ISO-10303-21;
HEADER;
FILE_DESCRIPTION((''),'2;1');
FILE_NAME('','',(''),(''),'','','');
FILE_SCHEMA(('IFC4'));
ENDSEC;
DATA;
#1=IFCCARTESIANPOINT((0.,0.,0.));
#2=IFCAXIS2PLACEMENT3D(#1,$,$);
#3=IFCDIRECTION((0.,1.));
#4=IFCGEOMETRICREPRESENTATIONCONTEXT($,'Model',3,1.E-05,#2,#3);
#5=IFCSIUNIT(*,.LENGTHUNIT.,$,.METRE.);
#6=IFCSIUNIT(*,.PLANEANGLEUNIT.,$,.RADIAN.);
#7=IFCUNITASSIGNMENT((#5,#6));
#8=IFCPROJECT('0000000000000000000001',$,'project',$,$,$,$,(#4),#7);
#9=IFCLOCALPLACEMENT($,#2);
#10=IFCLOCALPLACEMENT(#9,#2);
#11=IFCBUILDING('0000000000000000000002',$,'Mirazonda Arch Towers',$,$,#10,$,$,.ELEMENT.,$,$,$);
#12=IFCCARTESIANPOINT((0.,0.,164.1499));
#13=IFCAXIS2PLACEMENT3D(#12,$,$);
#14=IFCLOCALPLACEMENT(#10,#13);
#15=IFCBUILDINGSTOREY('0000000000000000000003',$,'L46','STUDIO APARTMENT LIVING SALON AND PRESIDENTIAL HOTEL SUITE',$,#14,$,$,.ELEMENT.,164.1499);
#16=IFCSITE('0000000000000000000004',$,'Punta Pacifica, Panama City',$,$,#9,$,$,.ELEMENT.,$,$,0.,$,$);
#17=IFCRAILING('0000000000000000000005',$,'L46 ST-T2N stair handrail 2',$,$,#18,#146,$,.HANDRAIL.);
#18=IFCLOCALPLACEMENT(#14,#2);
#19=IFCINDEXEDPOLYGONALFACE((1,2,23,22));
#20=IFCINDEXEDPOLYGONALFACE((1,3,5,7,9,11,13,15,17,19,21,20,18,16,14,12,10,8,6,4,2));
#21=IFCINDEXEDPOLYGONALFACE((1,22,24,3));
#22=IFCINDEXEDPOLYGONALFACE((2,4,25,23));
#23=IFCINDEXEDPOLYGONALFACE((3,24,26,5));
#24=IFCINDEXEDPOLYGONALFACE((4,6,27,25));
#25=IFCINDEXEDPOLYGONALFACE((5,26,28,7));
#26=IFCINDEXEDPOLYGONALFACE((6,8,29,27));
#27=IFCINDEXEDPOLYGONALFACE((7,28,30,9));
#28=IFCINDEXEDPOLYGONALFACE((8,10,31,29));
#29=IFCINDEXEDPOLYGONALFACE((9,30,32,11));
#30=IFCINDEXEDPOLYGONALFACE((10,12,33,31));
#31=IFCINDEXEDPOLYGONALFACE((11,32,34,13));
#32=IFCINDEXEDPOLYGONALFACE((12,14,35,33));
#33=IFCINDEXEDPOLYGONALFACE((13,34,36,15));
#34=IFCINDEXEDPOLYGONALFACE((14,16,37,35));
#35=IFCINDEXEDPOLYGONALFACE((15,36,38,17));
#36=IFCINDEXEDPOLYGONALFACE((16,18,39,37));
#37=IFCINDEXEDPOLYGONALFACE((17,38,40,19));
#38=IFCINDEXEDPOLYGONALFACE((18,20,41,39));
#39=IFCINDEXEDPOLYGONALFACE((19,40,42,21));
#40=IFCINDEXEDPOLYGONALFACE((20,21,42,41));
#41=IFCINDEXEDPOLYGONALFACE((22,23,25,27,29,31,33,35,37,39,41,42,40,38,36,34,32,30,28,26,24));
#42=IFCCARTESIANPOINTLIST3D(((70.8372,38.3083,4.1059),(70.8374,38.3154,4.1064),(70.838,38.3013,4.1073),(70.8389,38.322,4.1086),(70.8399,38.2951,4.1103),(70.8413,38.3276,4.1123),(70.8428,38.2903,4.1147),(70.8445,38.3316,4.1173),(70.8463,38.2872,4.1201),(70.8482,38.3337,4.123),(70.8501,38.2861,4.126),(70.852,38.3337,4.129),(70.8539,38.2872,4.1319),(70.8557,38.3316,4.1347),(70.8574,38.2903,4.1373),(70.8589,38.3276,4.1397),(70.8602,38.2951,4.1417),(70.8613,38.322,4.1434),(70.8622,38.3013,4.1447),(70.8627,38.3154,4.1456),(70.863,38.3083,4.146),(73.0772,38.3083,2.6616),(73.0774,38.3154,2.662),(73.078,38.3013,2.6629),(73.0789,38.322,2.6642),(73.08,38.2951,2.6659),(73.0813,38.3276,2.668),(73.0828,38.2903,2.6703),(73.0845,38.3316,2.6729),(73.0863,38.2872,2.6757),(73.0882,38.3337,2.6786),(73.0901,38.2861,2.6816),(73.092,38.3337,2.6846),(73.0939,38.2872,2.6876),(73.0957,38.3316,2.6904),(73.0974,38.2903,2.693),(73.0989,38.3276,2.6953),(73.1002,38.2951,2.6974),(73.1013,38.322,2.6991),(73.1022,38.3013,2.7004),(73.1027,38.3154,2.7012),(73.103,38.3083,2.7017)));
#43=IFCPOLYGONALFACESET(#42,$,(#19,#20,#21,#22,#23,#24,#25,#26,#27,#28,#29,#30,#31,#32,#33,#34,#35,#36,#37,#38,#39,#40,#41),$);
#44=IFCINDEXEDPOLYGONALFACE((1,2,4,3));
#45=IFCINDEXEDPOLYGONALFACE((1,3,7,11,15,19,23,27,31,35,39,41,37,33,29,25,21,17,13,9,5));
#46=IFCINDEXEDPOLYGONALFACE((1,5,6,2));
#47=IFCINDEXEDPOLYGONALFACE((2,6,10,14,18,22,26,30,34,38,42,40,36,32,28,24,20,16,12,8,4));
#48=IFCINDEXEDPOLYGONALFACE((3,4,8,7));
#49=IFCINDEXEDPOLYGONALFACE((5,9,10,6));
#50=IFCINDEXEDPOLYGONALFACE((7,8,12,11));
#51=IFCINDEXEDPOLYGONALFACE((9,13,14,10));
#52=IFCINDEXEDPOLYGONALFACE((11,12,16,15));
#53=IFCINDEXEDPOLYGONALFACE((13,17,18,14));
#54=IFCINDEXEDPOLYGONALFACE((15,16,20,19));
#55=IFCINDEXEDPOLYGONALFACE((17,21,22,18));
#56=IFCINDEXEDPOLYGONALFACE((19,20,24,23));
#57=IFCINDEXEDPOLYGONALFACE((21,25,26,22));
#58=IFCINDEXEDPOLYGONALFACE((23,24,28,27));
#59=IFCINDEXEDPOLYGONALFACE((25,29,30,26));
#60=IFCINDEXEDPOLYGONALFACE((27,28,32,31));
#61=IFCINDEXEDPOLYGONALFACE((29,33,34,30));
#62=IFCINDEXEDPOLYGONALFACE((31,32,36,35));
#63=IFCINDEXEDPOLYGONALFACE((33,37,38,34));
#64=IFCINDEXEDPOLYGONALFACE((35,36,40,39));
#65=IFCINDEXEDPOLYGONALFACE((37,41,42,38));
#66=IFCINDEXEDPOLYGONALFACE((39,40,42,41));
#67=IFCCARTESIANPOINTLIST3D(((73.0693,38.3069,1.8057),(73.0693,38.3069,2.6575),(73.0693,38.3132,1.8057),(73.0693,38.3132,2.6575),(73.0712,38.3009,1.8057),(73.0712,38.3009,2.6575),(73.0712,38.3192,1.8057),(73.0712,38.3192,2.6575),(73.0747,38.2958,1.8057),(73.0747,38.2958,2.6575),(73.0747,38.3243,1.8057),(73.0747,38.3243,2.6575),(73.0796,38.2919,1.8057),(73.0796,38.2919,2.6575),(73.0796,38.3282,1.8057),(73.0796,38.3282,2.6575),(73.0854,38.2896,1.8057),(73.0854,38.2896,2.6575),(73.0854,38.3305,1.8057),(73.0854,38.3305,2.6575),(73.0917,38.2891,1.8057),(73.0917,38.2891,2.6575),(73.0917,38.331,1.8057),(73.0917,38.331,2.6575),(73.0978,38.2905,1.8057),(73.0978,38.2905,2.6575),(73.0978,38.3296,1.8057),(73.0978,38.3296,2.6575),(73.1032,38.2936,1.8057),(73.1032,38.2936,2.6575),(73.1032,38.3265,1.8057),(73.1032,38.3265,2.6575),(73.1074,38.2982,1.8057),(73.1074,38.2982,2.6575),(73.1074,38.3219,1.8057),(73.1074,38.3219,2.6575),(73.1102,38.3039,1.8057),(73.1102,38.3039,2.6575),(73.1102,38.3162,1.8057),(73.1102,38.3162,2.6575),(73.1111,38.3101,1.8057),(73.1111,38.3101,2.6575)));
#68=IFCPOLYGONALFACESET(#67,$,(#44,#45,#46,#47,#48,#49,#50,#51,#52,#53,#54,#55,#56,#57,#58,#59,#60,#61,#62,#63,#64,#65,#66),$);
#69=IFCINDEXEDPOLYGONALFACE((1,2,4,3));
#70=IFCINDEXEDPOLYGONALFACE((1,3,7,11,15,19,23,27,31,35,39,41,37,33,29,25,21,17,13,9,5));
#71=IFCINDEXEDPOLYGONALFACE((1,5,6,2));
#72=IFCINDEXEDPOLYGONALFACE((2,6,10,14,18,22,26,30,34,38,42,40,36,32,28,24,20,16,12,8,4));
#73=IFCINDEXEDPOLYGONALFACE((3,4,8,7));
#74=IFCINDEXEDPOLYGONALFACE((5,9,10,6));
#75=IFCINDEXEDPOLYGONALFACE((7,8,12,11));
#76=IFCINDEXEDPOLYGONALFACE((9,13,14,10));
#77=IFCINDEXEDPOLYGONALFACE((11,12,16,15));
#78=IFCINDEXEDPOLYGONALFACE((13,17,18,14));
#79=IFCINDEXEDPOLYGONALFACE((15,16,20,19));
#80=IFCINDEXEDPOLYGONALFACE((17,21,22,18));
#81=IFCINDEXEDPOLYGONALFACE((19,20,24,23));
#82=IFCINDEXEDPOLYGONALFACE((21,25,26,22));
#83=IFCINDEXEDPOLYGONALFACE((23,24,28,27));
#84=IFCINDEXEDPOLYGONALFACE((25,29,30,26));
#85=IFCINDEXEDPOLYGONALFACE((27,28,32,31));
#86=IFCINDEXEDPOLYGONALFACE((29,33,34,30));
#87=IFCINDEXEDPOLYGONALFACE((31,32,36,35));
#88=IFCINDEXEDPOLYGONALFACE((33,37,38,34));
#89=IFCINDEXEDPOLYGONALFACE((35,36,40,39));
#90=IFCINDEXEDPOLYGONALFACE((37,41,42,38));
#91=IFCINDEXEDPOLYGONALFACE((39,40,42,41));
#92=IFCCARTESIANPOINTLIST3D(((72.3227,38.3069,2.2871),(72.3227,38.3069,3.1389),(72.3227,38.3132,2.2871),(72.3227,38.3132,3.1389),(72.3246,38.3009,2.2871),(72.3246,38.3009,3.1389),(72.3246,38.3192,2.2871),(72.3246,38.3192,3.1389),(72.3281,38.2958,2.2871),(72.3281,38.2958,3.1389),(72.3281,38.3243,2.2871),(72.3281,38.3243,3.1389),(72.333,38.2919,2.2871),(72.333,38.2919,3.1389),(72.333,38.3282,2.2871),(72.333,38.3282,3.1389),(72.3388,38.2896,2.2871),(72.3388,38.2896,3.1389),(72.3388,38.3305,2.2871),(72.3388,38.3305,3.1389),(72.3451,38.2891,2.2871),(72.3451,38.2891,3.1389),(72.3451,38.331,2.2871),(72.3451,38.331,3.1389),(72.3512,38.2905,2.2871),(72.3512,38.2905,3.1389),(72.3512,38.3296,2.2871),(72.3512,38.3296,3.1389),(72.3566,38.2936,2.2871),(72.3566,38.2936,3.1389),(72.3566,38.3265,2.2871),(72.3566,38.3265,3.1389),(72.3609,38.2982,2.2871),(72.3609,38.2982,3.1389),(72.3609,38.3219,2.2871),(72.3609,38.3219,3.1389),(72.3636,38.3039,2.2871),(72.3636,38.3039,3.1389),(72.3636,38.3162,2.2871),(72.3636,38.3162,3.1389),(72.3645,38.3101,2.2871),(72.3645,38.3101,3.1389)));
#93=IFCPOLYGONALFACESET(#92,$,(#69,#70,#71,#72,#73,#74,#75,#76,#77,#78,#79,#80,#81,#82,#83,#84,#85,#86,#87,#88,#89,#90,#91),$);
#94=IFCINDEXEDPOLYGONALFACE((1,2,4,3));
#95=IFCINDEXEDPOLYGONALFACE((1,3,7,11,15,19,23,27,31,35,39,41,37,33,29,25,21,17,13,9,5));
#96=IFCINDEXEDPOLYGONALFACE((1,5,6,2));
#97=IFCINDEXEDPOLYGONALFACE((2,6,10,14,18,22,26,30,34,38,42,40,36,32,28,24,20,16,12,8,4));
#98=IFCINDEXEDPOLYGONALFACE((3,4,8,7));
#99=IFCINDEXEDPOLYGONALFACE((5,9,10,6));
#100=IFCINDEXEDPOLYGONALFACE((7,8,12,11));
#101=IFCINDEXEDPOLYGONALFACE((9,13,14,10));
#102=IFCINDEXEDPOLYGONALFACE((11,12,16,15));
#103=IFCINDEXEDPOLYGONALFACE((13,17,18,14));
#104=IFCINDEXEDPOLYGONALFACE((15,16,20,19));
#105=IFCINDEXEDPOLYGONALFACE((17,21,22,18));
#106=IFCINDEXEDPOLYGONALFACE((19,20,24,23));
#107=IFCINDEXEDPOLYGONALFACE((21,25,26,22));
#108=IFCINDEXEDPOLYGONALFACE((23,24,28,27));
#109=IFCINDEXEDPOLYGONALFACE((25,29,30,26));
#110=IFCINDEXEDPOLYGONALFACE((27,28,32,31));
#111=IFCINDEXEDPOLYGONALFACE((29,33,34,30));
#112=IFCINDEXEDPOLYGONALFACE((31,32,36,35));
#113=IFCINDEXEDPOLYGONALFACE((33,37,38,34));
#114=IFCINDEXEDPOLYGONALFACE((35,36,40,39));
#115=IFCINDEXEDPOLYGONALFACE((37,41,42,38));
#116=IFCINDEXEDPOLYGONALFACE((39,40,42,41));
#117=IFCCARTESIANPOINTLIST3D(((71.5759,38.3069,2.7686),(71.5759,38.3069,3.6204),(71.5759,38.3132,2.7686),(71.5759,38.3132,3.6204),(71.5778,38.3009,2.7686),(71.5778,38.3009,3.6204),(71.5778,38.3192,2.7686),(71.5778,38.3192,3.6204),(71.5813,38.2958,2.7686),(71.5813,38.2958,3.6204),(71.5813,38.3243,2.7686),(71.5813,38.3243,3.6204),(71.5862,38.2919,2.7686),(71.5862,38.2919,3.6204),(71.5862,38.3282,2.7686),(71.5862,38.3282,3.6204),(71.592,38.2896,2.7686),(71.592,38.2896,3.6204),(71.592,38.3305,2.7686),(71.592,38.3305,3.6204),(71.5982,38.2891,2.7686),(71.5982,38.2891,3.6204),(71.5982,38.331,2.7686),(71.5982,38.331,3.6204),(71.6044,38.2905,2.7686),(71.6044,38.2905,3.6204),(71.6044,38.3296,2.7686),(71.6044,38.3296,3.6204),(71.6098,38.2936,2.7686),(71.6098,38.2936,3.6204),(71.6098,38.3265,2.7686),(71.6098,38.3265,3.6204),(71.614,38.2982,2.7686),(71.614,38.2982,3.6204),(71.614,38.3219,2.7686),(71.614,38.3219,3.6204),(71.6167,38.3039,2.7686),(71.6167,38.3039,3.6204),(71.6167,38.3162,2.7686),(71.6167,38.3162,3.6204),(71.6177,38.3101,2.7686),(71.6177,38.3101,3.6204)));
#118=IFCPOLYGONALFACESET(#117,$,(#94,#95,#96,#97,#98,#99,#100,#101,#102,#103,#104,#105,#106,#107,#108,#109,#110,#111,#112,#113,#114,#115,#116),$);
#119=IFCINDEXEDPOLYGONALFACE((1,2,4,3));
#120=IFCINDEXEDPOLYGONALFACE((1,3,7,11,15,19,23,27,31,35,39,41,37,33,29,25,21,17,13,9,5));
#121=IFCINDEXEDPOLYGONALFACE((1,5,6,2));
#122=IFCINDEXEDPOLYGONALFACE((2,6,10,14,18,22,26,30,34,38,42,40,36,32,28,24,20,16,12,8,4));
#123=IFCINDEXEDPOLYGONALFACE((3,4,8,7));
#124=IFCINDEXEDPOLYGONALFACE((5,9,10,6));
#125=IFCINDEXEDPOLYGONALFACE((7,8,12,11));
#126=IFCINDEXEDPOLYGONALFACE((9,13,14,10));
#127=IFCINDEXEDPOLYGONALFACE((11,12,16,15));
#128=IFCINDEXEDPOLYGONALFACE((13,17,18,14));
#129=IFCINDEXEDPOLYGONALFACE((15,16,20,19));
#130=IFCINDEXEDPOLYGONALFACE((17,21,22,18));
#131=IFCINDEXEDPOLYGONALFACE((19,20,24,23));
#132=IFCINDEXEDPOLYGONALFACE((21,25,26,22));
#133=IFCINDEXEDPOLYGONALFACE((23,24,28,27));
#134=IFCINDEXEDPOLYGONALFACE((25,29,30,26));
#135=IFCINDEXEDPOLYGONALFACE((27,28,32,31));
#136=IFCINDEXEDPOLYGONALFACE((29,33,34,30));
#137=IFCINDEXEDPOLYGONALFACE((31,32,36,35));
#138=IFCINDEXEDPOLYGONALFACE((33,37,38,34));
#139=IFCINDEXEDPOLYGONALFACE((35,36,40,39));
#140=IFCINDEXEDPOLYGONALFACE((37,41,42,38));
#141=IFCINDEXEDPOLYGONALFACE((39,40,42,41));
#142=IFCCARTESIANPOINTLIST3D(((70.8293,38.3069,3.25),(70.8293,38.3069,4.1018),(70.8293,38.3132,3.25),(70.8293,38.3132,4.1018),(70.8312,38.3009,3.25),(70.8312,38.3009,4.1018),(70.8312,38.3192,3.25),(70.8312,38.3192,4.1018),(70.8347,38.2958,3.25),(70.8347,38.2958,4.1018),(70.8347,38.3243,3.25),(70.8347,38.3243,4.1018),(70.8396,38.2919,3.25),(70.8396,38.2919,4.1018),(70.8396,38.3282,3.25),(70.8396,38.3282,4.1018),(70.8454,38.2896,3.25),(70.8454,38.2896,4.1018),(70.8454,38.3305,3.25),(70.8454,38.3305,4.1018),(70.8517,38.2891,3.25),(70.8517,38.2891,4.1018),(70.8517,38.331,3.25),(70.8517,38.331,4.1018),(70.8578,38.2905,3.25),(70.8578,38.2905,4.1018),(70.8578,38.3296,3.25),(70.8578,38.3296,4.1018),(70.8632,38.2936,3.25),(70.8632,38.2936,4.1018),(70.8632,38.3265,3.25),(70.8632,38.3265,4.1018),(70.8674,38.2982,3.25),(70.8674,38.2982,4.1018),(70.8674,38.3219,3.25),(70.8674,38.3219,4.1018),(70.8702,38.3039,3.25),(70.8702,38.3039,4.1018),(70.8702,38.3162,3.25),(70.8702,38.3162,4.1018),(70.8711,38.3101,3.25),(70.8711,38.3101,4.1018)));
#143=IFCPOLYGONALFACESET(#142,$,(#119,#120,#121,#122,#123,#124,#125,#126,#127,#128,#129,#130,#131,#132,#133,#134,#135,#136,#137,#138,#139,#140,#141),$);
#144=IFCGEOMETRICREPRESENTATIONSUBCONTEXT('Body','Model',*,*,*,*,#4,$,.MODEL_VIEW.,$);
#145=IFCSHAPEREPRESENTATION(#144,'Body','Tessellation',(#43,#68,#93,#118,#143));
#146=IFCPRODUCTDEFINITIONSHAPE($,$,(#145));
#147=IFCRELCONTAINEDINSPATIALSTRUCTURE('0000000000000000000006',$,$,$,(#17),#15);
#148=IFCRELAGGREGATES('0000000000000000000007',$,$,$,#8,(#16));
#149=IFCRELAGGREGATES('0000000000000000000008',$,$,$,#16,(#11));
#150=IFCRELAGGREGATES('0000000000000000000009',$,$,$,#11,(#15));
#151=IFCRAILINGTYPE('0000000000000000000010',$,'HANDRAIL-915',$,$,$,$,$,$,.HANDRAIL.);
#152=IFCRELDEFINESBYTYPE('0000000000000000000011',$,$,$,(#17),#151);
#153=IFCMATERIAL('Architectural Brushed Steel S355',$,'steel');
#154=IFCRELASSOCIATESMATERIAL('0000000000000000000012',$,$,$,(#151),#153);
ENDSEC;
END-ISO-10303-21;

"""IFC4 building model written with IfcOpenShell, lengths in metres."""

from ifc_helpers import new_model, si_unit, direction, frame, origin, origin_2d, place, context, subcontext, project, spatial, circle, extrude, material, type_object, element, save


model = new_model("IFC4")

# Units and contexts
model_context = context("Model", 3, precision=1e-05, world=origin(), true_north=direction((0.0, 1.0)))
body_context = subcontext(model_context, "Body", "Model", "MODEL_VIEW")
ifc_project = project(units=[si_unit("LENGTHUNIT", "METRE"), si_unit("PLANEANGLEUNIT", "RADIAN")], contexts=[model_context])

# Site, building, storey
site_placement = place(None, origin())
site = spatial("IfcSite", under=ifc_project, at=site_placement, Name="Punta Pacifica, Panama City", CompositionType="ELEMENT", RefElevation=0.0)
building_placement = place(site_placement, origin())
building = spatial("IfcBuilding", under=site, at=building_placement, Name="Mirazonda Arch Towers", CompositionType="ELEMENT")
storey_placement = place(building_placement, frame((0.0, 0.0, 164.1499)))
storey = spatial("IfcBuildingStorey", under=building, at=storey_placement, Name="L46", Description="STUDIO APARTMENT LIVING SALON AND PRESIDENTIAL HOTEL SUITE", CompositionType="ELEMENT", Elevation=164.1499)

# Shared definitions
ifc_material_1 = material(Name="Architectural Brushed Steel S355", Category="steel")

# Railing
railing_type_1 = type_object("IfcRailingType", Name="HANDRAIL-915", PredefinedType="HANDRAIL", material=ifc_material_1)
railing_1_placement = place(storey_placement, frame((73.0901, 38.3101, 1.8057)))
element("IfcRailing", 1, at=railing_1_placement, inside=storey, type_object=railing_type_1, Name="L46 ST-T2N stair handrail 2", PredefinedType="HANDRAIL", context=body_context, shape_type="SweptSolid", body=[
    extrude(circle(Radius=0.0239, at=origin_2d()), frame((0.0, 0.0, 0.876), z_axis=(-0.840437, 0.0, 0.54191), x_axis=(0.0, -1.0, 0.0)), (0.0, 0.0, 1.0), 2.6653),
    extrude(circle(Radius=0.021, at=origin_2d()), origin(), (0.0, 0.0, 1.0), 0.8518),
    extrude(circle(Radius=0.021, at=origin_2d()), frame((-0.7466, 0.0, 0.4814)), (0.0, 0.0, 1.0), 0.8518),
    extrude(circle(Radius=0.021, at=origin_2d()), frame((-1.4934, 0.0, 0.9629)), (0.0, 0.0, 1.0), 0.8518),
    extrude(circle(Radius=0.021, at=origin_2d()), frame((-2.24, 0.0, 1.4443)), (0.0, 0.0, 1.0), 0.8518),
])

save(model, "model.ifc")
